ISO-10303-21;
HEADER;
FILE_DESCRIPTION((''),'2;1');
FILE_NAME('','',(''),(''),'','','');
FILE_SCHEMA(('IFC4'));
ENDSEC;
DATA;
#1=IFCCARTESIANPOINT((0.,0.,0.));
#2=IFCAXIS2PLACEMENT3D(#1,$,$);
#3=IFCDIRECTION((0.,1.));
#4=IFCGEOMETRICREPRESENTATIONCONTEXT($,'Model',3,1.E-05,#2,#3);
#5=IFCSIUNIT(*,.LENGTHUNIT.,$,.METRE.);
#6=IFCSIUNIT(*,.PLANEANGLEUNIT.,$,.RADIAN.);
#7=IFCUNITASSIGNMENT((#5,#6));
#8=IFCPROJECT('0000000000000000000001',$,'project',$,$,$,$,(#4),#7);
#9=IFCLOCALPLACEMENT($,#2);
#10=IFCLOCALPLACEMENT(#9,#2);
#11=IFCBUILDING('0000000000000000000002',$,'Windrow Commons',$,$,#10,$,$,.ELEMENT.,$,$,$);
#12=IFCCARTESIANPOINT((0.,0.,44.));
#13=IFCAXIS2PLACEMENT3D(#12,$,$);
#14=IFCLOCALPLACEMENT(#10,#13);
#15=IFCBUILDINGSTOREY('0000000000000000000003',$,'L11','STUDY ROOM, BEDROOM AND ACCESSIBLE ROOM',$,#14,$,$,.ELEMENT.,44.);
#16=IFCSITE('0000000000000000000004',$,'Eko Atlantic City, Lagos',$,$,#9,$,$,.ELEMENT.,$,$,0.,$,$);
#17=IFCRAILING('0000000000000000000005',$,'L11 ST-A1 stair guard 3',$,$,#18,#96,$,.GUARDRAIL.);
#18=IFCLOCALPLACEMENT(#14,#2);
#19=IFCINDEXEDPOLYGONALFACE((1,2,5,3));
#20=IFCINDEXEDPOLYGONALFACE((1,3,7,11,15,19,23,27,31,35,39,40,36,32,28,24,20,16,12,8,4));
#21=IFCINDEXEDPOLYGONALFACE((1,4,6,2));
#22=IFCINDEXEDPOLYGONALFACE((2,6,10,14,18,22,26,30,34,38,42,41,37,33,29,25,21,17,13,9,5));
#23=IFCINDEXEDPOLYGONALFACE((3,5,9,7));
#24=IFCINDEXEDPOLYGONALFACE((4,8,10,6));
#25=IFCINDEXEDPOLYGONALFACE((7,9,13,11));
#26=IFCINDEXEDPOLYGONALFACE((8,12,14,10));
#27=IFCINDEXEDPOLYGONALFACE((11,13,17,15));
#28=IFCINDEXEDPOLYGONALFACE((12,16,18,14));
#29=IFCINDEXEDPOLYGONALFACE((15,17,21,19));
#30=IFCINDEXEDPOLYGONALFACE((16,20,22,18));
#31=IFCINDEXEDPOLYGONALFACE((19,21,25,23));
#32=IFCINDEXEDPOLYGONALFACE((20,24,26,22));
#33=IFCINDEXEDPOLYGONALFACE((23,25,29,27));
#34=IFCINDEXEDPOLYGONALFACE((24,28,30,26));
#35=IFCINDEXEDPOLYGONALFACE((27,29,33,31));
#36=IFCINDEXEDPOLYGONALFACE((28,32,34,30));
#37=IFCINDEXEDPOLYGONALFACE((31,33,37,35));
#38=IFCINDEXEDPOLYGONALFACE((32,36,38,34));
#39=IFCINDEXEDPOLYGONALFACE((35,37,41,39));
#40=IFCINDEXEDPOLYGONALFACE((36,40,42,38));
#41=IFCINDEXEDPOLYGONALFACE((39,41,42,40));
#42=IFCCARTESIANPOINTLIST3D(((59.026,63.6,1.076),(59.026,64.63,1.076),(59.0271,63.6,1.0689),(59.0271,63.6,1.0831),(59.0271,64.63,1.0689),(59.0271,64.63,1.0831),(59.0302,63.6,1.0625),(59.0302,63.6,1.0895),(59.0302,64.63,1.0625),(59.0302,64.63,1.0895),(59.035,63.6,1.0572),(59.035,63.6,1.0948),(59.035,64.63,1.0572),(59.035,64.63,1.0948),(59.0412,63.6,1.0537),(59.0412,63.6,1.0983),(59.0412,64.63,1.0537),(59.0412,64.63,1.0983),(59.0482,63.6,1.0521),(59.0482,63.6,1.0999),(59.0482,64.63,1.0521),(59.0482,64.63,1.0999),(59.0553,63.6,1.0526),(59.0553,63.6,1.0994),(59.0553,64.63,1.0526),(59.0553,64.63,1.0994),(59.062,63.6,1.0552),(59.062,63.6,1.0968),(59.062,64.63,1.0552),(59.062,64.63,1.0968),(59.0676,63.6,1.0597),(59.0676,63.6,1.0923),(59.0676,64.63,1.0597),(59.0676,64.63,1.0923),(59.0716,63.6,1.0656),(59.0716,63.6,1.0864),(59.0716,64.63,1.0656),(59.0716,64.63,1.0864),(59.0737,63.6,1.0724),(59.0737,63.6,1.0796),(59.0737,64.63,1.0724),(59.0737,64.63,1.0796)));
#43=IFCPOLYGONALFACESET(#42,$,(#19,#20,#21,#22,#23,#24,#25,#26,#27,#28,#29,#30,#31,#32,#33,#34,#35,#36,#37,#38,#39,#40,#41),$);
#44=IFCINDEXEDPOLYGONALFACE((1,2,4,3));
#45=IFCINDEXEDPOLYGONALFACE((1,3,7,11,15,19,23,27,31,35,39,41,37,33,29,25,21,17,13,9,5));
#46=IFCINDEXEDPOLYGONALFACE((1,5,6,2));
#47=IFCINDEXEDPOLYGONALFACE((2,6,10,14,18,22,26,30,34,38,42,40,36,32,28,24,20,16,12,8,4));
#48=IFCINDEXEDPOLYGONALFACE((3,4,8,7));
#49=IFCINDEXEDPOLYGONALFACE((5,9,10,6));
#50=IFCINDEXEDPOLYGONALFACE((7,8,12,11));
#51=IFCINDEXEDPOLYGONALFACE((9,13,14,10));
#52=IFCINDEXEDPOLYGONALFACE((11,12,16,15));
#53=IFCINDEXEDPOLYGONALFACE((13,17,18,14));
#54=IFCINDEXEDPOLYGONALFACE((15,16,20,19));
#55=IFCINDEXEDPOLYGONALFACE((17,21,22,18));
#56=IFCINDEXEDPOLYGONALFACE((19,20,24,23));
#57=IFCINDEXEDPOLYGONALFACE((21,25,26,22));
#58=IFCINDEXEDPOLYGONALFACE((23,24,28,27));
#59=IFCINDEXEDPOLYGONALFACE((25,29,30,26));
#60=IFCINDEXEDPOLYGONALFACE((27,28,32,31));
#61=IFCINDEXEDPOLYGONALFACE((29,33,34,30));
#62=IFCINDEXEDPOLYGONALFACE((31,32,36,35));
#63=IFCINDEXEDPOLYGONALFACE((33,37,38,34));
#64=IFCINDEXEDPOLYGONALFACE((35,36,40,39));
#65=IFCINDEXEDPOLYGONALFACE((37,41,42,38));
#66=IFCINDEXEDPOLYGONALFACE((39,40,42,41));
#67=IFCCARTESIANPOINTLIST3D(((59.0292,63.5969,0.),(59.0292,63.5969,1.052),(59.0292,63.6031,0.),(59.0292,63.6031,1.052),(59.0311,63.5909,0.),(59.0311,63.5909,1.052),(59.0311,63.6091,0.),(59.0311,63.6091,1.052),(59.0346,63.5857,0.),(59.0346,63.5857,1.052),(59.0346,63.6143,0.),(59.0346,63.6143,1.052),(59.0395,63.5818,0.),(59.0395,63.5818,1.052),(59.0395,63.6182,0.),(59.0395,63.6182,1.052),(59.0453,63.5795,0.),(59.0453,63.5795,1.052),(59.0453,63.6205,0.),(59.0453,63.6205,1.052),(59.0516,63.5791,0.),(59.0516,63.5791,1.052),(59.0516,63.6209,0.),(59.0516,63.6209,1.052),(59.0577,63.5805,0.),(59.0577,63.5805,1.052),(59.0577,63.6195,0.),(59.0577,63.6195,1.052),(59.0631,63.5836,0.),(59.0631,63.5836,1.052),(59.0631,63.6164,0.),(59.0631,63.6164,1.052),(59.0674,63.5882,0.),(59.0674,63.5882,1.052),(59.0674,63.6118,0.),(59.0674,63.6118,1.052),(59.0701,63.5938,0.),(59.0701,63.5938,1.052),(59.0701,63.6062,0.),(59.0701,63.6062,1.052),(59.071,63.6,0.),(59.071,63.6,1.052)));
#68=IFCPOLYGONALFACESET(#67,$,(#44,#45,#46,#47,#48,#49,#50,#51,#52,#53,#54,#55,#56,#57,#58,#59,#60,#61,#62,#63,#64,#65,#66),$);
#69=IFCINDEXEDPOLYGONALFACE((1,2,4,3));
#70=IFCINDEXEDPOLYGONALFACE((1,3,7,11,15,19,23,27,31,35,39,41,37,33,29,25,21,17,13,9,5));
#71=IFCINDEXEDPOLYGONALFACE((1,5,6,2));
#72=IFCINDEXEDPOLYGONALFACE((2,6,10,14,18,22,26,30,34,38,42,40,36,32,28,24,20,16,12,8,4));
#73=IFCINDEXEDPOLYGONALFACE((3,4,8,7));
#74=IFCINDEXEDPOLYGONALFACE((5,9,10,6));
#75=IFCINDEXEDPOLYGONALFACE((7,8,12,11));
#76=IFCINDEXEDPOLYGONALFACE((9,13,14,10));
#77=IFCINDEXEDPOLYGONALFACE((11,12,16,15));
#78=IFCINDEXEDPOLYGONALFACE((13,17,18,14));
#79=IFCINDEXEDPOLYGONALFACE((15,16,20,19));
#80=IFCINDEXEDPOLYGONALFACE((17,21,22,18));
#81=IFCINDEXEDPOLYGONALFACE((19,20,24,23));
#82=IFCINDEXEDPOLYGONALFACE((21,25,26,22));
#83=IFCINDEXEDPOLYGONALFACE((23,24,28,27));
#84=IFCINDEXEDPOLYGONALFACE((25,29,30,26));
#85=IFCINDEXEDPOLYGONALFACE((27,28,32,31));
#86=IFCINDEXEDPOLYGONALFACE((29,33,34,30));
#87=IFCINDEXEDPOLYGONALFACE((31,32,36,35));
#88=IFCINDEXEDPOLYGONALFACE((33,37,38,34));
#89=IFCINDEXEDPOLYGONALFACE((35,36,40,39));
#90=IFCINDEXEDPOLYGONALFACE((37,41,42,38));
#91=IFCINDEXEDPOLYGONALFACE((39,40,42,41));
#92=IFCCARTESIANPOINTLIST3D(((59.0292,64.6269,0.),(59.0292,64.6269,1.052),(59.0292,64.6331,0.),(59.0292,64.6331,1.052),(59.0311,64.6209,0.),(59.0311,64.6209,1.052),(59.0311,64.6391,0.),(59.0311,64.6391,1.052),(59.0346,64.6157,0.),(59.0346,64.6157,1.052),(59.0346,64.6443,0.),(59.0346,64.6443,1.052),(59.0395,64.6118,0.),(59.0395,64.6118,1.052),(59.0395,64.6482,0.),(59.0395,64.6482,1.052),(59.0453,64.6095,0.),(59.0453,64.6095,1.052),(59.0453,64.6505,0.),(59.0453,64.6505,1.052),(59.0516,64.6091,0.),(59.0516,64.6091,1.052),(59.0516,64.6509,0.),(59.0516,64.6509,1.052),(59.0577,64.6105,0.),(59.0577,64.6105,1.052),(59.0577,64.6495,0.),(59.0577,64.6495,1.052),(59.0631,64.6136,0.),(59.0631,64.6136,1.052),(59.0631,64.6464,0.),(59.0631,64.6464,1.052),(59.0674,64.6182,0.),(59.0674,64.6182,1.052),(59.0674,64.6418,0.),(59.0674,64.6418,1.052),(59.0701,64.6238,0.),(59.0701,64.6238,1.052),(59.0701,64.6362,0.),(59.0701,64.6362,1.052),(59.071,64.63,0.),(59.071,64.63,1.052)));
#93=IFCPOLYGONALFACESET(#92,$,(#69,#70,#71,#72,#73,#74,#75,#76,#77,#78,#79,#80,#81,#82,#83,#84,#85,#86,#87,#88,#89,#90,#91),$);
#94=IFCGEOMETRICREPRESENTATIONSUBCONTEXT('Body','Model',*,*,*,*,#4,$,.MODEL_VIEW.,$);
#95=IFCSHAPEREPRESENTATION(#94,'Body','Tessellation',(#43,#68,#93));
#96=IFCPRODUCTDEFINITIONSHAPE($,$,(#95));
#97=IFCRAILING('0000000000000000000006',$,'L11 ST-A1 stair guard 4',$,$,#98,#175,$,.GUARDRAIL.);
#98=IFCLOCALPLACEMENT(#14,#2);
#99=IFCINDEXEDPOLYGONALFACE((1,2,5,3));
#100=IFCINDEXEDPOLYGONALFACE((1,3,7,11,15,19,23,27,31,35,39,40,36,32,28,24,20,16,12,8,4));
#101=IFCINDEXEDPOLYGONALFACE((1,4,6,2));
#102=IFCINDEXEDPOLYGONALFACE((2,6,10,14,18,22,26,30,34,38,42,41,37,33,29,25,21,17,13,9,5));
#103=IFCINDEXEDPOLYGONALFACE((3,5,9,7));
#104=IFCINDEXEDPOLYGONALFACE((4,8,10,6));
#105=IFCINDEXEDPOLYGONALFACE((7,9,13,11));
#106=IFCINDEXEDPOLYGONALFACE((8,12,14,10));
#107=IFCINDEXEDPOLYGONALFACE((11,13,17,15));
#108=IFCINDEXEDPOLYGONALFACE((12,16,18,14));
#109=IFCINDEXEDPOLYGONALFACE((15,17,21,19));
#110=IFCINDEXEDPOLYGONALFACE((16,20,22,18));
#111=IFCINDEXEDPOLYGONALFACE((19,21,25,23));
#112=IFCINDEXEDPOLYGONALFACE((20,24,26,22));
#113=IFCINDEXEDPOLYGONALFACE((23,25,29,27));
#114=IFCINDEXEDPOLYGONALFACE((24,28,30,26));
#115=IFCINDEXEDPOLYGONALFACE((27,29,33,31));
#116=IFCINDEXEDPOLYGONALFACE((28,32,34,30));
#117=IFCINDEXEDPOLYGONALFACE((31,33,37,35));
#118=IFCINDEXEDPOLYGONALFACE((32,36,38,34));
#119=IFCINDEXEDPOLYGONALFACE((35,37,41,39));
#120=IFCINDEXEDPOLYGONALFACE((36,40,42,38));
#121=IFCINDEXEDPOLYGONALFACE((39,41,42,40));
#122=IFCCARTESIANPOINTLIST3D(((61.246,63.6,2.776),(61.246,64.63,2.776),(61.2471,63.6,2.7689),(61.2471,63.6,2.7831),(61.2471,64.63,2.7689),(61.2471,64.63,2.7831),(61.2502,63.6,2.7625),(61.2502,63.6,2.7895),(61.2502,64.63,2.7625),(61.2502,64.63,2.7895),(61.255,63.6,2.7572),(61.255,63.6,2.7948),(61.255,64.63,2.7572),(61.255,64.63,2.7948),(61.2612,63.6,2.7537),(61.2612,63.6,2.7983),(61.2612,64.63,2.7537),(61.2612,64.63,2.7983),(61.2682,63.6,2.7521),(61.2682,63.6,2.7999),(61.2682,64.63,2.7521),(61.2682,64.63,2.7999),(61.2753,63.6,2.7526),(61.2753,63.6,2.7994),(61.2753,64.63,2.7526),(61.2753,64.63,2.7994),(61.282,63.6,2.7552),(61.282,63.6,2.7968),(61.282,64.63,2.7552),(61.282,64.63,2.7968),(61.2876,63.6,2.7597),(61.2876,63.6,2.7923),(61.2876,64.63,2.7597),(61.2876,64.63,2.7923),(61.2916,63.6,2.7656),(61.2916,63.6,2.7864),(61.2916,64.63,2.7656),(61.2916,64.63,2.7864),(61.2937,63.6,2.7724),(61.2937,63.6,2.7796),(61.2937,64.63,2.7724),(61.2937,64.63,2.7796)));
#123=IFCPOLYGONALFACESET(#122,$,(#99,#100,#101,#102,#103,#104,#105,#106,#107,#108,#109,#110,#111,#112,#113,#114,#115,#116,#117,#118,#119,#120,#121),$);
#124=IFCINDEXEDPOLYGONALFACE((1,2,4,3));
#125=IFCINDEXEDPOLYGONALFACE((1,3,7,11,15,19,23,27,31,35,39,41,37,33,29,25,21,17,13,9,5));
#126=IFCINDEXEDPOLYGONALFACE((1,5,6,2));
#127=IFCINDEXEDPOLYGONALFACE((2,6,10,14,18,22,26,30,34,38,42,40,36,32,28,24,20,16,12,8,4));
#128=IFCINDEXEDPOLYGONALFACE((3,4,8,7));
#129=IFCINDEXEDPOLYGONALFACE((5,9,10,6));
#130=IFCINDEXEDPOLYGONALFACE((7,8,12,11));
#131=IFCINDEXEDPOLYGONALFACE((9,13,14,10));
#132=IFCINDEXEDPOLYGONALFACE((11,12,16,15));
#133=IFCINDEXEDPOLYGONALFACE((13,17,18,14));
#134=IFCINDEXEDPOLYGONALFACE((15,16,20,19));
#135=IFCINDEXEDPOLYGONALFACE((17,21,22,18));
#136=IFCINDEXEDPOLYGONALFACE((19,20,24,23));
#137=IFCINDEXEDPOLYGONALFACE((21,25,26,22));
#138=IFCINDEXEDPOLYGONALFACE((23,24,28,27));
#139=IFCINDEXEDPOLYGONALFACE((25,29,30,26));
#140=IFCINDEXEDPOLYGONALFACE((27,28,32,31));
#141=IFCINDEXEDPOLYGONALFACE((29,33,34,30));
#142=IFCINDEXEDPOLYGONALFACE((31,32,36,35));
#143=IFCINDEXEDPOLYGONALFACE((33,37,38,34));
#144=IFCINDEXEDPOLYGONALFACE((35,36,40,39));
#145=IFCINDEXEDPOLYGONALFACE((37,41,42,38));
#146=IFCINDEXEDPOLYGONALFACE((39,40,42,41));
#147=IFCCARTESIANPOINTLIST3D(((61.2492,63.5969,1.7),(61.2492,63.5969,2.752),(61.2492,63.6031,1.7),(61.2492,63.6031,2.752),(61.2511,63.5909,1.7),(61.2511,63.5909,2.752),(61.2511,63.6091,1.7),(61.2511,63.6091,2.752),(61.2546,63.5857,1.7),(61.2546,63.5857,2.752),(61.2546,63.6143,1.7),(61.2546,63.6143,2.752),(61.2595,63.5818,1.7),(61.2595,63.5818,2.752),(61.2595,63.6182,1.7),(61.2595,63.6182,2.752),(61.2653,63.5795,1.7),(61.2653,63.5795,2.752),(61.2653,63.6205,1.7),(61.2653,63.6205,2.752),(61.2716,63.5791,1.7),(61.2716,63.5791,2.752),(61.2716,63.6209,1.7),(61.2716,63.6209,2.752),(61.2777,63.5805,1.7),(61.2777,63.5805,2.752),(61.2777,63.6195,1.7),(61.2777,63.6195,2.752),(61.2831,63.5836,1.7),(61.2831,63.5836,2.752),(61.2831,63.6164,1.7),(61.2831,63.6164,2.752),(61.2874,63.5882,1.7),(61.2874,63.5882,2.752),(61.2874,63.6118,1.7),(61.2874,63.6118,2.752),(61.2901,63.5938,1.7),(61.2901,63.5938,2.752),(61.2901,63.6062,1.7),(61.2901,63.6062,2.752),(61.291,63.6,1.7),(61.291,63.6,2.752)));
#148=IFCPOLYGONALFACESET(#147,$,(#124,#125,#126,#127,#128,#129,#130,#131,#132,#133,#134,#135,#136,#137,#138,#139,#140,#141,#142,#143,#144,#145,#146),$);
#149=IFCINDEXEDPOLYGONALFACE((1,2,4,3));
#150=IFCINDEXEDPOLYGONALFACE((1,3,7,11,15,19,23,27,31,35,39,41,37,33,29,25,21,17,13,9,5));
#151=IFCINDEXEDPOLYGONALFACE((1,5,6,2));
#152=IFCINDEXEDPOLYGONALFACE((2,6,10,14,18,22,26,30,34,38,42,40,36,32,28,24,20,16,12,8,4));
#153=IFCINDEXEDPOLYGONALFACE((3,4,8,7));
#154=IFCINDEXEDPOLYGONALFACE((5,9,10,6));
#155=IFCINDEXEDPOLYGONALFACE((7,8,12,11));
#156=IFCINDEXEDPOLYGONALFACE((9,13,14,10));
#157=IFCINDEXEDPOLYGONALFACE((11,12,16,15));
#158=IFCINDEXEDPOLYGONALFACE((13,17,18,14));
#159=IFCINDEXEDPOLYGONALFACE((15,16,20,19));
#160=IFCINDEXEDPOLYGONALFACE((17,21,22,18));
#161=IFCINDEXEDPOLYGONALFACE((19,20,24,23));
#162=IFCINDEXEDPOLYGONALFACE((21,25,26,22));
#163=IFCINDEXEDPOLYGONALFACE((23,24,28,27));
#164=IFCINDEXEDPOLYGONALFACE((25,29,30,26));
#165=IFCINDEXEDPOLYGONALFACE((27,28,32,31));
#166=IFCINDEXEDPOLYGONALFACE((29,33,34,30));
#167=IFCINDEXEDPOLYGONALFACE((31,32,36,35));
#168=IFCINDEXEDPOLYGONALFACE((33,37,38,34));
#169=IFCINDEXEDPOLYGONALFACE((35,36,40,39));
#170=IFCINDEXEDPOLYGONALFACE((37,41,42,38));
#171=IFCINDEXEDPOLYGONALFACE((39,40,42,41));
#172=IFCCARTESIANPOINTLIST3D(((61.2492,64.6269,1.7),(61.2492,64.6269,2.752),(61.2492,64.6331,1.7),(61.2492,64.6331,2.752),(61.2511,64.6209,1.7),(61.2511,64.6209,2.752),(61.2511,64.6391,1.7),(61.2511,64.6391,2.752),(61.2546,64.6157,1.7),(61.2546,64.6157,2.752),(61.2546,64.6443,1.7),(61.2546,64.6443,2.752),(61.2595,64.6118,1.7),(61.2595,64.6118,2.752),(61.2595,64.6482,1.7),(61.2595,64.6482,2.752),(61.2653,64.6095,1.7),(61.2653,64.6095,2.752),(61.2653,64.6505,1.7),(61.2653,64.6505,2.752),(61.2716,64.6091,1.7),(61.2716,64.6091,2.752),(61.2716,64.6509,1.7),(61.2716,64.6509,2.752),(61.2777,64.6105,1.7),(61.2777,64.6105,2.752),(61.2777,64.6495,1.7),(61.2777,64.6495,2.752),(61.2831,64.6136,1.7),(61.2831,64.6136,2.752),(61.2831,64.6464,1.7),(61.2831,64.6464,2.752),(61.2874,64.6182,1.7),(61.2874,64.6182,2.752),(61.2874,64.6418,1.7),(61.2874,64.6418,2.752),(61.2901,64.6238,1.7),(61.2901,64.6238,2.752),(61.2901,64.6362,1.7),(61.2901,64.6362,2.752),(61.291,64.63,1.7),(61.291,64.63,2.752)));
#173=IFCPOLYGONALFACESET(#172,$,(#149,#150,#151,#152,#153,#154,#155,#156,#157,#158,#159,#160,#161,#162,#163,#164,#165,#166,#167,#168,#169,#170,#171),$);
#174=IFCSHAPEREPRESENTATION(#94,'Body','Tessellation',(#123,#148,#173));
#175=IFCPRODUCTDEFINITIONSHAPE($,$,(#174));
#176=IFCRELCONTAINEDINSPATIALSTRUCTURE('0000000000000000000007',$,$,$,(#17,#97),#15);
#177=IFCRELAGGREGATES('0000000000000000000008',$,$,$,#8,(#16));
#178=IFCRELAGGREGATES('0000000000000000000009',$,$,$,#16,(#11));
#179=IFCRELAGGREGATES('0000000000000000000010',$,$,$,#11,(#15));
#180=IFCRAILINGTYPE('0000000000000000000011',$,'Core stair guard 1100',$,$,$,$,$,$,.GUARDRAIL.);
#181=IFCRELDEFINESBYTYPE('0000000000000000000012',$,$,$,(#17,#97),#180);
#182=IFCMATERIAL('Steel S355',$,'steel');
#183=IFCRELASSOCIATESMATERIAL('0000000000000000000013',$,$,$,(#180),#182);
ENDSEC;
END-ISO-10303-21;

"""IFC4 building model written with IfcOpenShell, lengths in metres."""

from ifc_helpers import new_model, si_unit, direction, frame, origin, origin_2d, place, context, subcontext, project, spatial, circle, extrude, material, type_object, element, save


model = new_model("IFC4")

# Units and contexts
model_context = context("Model", 3, precision=1e-05, world=origin(), true_north=direction((0.0, 1.0)))
body_context = subcontext(model_context, "Body", "Model", "MODEL_VIEW")
ifc_project = project(units=[si_unit("LENGTHUNIT", "METRE"), si_unit("PLANEANGLEUNIT", "RADIAN")], contexts=[model_context])

# Site, building, storey
site_placement = place(None, origin())
site = spatial("IfcSite", under=ifc_project, at=site_placement, Name="Eko Atlantic City, Lagos", CompositionType="ELEMENT", RefElevation=0.0)
building_placement = place(site_placement, origin())
building = spatial("IfcBuilding", under=site, at=building_placement, Name="Windrow Commons", CompositionType="ELEMENT")
storey_placement = place(building_placement, frame((0.0, 0.0, 44.0)))
storey = spatial("IfcBuildingStorey", under=building, at=storey_placement, Name="L11", Description="STUDY ROOM, BEDROOM AND ACCESSIBLE ROOM", CompositionType="ELEMENT", Elevation=44.0)

# Railings
ifc_material_1 = material(Name="Steel S355", Category="steel")
railing_type_1 = type_object("IfcRailingType", Name="Core stair guard 1100", PredefinedType="GUARDRAIL", material=ifc_material_1)
for number, where, name in (
    (1, (59.05, 63.6, 0.0), "L11 ST-A1 stair guard 3"),
    (2, (61.27, 63.6, 1.7), "L11 ST-A1 stair guard 4"),
):
    element("IfcRailing", number, at=place(storey_placement, frame(where)), inside=storey, type_object=railing_type_1, Name=name, PredefinedType="GUARDRAIL", context=body_context, shape_type="SweptSolid", body=[
        extrude(circle(Radius=0.024, at=origin_2d()), frame((0.0, 0.0, 1.076), z_axis=(0.0, 1.0, 0.0), x_axis=(-1.0, 0.0, 0.0)), (0.0, 0.0, 1.0), 1.03),
        extrude(circle(Radius=0.021, at=origin_2d()), origin(), (0.0, 0.0, 1.0), 1.052),
        extrude(circle(Radius=0.021, at=origin_2d()), frame((0.0, 1.03, 0.0)), (0.0, 0.0, 1.0), 1.052),
    ])

save(model, "model.ifc")
